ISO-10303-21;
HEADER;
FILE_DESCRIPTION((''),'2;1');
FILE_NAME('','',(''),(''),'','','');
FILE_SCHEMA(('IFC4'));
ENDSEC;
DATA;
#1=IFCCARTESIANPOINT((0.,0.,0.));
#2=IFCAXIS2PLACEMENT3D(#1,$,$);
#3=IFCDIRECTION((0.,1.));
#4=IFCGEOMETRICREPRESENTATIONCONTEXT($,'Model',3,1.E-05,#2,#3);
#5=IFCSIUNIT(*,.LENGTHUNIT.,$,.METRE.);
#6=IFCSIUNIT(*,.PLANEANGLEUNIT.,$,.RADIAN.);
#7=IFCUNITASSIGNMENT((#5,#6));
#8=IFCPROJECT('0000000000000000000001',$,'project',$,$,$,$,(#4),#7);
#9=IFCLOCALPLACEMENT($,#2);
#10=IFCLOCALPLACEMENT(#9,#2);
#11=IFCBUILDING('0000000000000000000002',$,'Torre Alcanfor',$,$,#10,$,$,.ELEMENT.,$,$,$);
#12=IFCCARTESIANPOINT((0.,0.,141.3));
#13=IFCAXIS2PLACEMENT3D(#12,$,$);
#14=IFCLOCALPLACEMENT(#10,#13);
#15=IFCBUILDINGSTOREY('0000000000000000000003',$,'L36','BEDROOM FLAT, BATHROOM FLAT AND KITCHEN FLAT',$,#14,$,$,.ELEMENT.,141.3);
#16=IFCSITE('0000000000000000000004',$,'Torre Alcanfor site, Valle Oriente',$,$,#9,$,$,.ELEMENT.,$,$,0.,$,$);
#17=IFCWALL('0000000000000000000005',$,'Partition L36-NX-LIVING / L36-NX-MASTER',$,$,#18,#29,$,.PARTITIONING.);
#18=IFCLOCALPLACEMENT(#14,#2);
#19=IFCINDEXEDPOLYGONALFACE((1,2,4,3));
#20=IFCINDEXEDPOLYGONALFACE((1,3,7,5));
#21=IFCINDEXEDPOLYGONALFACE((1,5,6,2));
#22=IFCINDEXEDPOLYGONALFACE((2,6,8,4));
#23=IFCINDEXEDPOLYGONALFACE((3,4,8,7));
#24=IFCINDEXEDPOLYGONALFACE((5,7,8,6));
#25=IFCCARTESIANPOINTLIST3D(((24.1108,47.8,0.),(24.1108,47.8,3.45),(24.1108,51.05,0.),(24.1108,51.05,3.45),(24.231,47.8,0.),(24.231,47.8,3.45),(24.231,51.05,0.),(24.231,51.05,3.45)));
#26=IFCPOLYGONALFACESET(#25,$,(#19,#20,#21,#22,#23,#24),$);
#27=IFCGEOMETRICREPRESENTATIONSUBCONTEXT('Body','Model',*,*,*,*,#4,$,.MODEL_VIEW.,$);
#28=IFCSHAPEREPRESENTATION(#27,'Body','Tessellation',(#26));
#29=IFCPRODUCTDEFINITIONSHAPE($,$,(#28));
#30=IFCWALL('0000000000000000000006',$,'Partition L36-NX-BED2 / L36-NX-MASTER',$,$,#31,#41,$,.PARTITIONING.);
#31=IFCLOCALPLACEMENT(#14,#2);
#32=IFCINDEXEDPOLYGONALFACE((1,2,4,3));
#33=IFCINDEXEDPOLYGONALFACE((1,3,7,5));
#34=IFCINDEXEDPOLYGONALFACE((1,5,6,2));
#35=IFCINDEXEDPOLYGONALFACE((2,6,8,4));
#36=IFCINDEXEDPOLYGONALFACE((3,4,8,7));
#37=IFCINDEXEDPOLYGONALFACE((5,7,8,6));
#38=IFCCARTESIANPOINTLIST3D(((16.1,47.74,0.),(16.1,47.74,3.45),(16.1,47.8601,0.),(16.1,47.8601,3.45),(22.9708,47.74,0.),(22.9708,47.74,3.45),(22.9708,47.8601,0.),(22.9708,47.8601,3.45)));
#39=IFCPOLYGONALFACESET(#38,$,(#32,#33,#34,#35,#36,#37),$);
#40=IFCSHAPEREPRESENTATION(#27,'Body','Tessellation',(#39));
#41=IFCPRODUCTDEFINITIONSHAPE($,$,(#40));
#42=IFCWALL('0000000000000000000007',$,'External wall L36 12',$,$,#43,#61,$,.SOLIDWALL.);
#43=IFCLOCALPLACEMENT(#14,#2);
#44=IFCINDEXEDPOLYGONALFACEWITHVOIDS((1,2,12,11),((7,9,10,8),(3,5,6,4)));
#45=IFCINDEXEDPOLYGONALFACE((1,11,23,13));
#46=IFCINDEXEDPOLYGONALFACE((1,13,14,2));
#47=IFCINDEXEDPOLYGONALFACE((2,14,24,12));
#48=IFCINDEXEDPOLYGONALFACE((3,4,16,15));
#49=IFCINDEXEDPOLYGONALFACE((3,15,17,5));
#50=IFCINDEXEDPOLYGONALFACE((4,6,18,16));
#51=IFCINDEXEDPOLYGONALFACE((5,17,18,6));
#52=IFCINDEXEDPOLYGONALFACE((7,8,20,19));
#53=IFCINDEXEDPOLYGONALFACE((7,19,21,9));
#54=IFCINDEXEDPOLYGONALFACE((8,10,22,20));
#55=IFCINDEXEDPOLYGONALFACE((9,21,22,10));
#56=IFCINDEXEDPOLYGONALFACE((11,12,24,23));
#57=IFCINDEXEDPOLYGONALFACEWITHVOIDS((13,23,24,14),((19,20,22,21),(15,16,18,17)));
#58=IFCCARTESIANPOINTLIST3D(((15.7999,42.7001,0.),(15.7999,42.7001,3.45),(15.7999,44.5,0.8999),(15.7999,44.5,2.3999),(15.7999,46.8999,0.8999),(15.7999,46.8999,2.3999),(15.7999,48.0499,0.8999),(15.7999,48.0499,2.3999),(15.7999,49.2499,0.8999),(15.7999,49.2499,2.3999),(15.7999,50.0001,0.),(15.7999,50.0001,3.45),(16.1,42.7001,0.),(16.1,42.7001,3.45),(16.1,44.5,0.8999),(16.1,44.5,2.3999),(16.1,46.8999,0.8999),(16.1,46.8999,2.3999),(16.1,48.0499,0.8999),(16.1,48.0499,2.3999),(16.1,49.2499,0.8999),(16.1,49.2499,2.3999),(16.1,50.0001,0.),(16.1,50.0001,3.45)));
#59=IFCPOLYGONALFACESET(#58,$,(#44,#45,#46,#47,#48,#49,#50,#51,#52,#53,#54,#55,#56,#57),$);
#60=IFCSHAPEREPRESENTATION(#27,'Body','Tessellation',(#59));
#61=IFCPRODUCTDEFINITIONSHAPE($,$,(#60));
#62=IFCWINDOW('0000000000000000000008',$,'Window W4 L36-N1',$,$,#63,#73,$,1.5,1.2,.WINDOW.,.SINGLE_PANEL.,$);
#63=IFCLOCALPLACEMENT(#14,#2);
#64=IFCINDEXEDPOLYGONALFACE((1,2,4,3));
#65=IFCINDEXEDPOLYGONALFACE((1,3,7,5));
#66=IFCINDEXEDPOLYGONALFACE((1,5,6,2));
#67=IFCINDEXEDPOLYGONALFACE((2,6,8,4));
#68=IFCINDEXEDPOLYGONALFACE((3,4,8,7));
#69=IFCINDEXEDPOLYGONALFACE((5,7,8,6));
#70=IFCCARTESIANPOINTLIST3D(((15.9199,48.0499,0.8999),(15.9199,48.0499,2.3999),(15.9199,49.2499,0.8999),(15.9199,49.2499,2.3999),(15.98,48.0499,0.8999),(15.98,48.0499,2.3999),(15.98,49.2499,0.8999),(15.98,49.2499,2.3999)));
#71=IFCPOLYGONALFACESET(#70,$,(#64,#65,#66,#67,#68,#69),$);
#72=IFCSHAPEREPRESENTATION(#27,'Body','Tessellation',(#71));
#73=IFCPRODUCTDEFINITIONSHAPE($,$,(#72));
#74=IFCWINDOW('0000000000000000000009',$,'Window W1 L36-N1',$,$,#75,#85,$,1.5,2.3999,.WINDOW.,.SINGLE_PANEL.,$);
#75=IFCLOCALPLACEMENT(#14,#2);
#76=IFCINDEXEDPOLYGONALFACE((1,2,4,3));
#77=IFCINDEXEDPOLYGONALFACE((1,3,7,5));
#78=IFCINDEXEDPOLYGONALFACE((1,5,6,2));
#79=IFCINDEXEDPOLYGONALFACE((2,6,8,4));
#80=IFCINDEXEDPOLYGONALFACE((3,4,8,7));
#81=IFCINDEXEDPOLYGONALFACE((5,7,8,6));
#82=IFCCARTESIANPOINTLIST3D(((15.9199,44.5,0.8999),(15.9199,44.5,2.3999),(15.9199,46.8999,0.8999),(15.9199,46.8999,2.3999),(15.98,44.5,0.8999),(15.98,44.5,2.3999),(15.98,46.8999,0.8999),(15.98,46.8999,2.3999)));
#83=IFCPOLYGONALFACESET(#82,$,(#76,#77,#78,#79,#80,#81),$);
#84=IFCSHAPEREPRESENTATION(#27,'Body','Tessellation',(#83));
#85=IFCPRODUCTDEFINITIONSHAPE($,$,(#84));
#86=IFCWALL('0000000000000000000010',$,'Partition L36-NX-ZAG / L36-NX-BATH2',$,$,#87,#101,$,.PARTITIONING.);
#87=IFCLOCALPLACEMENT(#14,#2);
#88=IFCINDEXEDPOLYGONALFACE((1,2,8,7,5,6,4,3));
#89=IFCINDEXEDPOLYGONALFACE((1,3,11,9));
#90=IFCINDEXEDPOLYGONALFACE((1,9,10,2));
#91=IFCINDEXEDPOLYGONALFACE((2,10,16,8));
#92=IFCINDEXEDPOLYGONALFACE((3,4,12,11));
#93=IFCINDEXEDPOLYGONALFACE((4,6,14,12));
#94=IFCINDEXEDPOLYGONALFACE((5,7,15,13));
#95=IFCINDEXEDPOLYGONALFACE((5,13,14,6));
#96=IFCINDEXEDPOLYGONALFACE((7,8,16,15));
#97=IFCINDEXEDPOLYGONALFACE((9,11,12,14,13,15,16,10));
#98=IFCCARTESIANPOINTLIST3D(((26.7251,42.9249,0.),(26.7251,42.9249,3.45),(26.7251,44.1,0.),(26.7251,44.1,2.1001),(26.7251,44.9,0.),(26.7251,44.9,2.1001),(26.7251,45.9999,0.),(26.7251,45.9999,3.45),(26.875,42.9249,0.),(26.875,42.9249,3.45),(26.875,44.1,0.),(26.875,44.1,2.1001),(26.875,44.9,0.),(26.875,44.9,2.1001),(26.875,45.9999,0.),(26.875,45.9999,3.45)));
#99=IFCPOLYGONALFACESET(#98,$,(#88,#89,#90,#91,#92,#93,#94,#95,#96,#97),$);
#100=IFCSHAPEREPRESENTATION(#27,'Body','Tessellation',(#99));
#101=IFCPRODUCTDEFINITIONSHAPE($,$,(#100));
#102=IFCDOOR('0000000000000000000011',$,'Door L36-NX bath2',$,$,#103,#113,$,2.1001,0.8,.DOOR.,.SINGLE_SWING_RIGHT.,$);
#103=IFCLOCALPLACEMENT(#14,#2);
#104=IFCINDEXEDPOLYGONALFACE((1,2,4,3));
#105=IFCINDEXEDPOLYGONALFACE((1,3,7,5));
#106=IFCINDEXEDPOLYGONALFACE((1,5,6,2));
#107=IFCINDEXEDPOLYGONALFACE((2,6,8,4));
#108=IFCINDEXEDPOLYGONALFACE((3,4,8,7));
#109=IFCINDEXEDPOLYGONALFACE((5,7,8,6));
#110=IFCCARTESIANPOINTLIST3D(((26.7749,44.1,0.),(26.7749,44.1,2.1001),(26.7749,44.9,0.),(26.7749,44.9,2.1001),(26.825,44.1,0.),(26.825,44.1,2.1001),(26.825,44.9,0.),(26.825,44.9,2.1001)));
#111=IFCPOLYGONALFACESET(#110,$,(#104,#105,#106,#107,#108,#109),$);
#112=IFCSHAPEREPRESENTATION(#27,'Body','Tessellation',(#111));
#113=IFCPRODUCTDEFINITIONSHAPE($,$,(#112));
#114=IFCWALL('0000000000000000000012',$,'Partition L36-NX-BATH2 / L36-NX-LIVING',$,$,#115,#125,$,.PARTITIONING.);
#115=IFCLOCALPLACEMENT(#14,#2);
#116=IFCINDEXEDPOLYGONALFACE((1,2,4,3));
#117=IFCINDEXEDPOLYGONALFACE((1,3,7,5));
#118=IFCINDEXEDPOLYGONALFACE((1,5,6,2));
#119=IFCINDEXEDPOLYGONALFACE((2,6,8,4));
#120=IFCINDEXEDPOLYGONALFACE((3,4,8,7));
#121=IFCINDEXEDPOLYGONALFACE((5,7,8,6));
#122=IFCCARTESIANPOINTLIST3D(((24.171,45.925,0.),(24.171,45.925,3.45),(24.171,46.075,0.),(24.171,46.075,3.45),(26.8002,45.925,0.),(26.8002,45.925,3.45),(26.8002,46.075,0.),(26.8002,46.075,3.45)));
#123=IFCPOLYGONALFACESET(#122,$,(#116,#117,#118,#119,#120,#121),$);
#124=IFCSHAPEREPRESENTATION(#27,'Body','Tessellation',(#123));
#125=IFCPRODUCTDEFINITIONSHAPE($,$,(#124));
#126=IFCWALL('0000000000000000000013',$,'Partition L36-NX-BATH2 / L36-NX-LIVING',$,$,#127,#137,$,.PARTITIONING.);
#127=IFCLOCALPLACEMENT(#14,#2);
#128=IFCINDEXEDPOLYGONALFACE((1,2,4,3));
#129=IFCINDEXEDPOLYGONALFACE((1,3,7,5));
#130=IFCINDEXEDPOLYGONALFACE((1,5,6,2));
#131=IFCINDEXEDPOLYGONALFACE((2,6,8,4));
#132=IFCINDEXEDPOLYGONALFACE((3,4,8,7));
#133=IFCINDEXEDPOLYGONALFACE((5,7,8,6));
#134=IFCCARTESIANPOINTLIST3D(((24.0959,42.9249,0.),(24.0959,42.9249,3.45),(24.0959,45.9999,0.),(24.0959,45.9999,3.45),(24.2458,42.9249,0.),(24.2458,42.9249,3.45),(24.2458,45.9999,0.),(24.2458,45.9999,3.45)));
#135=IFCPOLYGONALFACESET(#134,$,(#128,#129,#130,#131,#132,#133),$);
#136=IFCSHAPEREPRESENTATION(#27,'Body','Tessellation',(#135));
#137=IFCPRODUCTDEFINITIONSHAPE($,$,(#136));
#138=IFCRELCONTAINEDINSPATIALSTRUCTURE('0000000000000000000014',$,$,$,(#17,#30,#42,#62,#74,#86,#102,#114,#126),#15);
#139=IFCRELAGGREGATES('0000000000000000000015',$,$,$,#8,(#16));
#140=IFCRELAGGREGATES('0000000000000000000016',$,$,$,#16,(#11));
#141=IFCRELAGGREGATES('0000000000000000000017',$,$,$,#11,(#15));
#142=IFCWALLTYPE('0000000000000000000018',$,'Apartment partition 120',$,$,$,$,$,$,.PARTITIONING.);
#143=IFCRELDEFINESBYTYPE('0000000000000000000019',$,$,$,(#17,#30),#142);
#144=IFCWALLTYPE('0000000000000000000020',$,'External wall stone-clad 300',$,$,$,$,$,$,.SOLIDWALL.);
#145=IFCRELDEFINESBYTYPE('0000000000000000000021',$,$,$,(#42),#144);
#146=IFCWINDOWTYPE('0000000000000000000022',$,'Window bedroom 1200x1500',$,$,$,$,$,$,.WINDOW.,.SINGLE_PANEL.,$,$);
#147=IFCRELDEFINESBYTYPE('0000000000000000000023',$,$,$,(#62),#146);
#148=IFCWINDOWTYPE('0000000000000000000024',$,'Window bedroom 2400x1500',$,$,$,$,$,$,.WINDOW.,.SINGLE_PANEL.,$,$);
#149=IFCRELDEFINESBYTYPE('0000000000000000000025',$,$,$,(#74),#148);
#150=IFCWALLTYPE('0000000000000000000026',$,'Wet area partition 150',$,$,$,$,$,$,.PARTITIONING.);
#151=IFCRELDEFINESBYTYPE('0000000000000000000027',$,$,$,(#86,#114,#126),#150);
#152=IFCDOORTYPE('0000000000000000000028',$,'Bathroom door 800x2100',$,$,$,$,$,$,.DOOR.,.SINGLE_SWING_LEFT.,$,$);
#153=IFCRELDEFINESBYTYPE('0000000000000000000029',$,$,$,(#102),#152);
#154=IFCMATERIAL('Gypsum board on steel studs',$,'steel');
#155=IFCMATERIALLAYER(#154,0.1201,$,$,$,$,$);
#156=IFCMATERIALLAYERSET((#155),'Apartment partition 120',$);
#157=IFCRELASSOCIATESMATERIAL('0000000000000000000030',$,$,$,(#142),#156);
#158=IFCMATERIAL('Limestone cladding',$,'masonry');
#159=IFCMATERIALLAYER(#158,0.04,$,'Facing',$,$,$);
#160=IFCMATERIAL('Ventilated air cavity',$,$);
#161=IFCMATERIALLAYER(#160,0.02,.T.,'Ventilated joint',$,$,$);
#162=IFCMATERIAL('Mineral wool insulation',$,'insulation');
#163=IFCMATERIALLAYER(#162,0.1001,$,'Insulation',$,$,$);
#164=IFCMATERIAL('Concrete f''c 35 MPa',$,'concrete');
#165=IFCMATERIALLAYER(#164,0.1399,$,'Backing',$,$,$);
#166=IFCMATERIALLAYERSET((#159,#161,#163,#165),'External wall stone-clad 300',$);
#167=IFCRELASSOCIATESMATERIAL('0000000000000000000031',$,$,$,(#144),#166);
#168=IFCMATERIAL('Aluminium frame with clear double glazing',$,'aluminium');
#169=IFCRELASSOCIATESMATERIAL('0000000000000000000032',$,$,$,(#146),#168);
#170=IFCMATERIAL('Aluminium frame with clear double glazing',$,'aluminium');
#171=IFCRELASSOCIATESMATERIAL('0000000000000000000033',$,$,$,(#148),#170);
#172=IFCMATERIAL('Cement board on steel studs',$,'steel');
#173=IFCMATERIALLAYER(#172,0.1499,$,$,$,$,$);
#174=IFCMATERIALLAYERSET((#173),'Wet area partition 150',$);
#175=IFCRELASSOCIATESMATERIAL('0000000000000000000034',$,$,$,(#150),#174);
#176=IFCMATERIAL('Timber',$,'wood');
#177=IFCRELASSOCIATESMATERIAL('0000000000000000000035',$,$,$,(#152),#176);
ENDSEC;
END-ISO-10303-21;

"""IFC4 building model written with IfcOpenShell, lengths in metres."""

from ifc_helpers import new_model, si_unit, direction, frame, frame_2d, origin, place, context, subcontext, project, spatial, rectangle, extrude, material, layer, layer_set, type_object, element, fill, save


model = new_model("IFC4")

# Units and contexts
model_context = context("Model", 3, precision=1e-05, world=origin(), true_north=direction((0.0, 1.0)))
body_context = subcontext(model_context, "Body", "Model", "MODEL_VIEW")
ifc_project = project(units=[si_unit("LENGTHUNIT", "METRE"), si_unit("PLANEANGLEUNIT", "RADIAN")], contexts=[model_context])

# Site, building, storey
site_placement = place(None, origin())
site = spatial("IfcSite", under=ifc_project, at=site_placement, Name="Torre Alcanfor site, Valle Oriente", CompositionType="ELEMENT", RefElevation=0.0)
building_placement = place(site_placement, origin())
building = spatial("IfcBuilding", under=site, at=building_placement, Name="Torre Alcanfor", CompositionType="ELEMENT")
storey_placement = place(building_placement, frame((0.0, 0.0, 141.3)))
storey = spatial("IfcBuildingStorey", under=building, at=storey_placement, Name="L36", Description="BEDROOM FLAT, BATHROOM FLAT AND KITCHEN FLAT", CompositionType="ELEMENT", Elevation=141.3)

# Shared definitions
ifc_material_1 = material(Name="Gypsum board on steel studs", Category="steel")
ifc_layer_1 = layer(ifc_material_1, 0.1201)
ifc_layer_set_1 = layer_set([ifc_layer_1], Name="Apartment partition 120")
wall_type_1 = type_object("IfcWallType", Name="Apartment partition 120", PredefinedType="PARTITIONING", material=ifc_layer_set_1)

# Walls
wall_1_placement = place(storey_placement, frame((24.1709, 47.8, 0.0), z_axis=(0.0, 0.0, 1.0), x_axis=(0.0, 1.0, 0.0)))
element("IfcWall", 1, at=wall_1_placement, inside=storey, type_object=wall_type_1, Name="Partition L36-NX-LIVING / L36-NX-MASTER", PredefinedType="PARTITIONING", context=body_context, shape_type="SweptSolid", body=[
    extrude(rectangle(XDim=3.25, YDim=0.1201, at=frame_2d((1.625, 0.0))), origin(), (0.0, 0.0, 1.0), 3.45),
])
wall_2_placement = place(storey_placement, frame((22.9709, 47.8, 0.0), z_axis=(0.0, 0.0, 1.0), x_axis=(-1.0, 0.0, 0.0)))
element("IfcWall", 2, at=wall_2_placement, inside=storey, type_object=wall_type_1, Name="Partition L36-NX-BED2 / L36-NX-MASTER", PredefinedType="PARTITIONING", context=body_context, shape_type="SweptSolid", body=[
    extrude(rectangle(XDim=6.8708, YDim=0.1201, at=frame_2d((3.4355, 0.0))), origin(), (0.0, 0.0, 1.0), 3.45),
])

# Wall, openings, windows
ifc_material_2 = material(Name="Limestone cladding", Category="masonry")
ifc_layer_2 = layer(ifc_material_2, 0.04, Name="Facing")
ifc_material_3 = material(Name="Ventilated air cavity")
ifc_layer_3 = layer(ifc_material_3, 0.02, ventilated=True, Name="Ventilated joint")
ifc_material_4 = material(Name="Mineral wool insulation", Category="insulation")
ifc_layer_4 = layer(ifc_material_4, 0.1001, Name="Insulation")
ifc_material_5 = material(Name="Concrete f'c 35 MPa", Category="concrete")
ifc_layer_5 = layer(ifc_material_5, 0.1399, Name="Backing")
ifc_layer_set_2 = layer_set([ifc_layer_2, ifc_layer_3, ifc_layer_4, ifc_layer_5], Name="External wall stone-clad 300")
wall_type_2 = type_object("IfcWallType", Name="External wall stone-clad 300", PredefinedType="SOLIDWALL", material=ifc_layer_set_2)
wall_3_placement = place(storey_placement, frame((15.95, 50.0, 0.0), z_axis=(0.0, 0.0, 1.0), x_axis=(0.0, -1.0, 0.0)))
wall_3 = element("IfcWall", 3, at=wall_3_placement, inside=storey, type_object=wall_type_2, Name="External wall L36 12", PredefinedType="SOLIDWALL", context=body_context, shape_type="SweptSolid", body=[
    extrude(rectangle(XDim=7.3, YDim=0.3, at=frame_2d((3.6499, 0.0))), origin(), (0.0, 0.0, 1.0), 3.45),
])
opening_1_placement = place(wall_3_placement, frame((3.1001, 0.0, 0.8999)))
opening_1 = element("IfcOpeningElement", 4, at=opening_1_placement, cuts=wall_3, PredefinedType="OPENING", context=body_context, shape_type="SweptSolid", body=[
    extrude(rectangle(XDim=2.3999, YDim=1.5, at=frame_2d((1.2, 0.75))), frame((0.0, 0.1599, 0.0), z_axis=(0.0, -1.0, 0.0), x_axis=(1.0, 0.0, 0.0)), (0.0, 0.0, 1.0), 0.3201),
])
opening_2_placement = place(wall_3_placement, frame((0.75, 0.0, 0.8999)))
opening_2 = element("IfcOpeningElement", 5, at=opening_2_placement, cuts=wall_3, PredefinedType="OPENING", context=body_context, shape_type="SweptSolid", body=[
    extrude(rectangle(XDim=1.2, YDim=1.5, at=frame_2d((0.6001, 0.75))), frame((0.0, 0.1599, 0.0), z_axis=(0.0, -1.0, 0.0), x_axis=(1.0, 0.0, 0.0)), (0.0, 0.0, 1.0), 0.3201),
])
ifc_material_6 = material(Name="Aluminium frame with clear double glazing", Category="aluminium")
window_type_1 = type_object("IfcWindowType", Name="Window bedroom 1200x1500", PartitioningType="SINGLE_PANEL", PredefinedType="WINDOW", material=ifc_material_6)
window_1_placement = place(opening_2_placement, origin())
window_1 = element("IfcWindow", 6, at=window_1_placement, inside=storey, type_object=window_type_1, Name="Window W4 L36-N1", OverallHeight=1.5, OverallWidth=1.2, PartitioningType="SINGLE_PANEL", PredefinedType="WINDOW", context=body_context, shape_type="SweptSolid", body=[
    extrude(rectangle(XDim=1.2, YDim=1.5, at=frame_2d((0.6001, 0.75))), frame((0.0, 0.03, 0.0), z_axis=(0.0, -1.0, 0.0), x_axis=(1.0, 0.0, 0.0)), (0.0, 0.0, 1.0), 0.0601),
])
fill(opening_2, window_1)
ifc_material_7 = material(Name="Aluminium frame with clear double glazing", Category="aluminium")
window_type_2 = type_object("IfcWindowType", Name="Window bedroom 2400x1500", PartitioningType="SINGLE_PANEL", PredefinedType="WINDOW", material=ifc_material_7)
window_2_placement = place(opening_1_placement, origin())
window_2 = element("IfcWindow", 7, at=window_2_placement, inside=storey, type_object=window_type_2, Name="Window W1 L36-N1", OverallHeight=1.5, OverallWidth=2.3999, PartitioningType="SINGLE_PANEL", PredefinedType="WINDOW", context=body_context, shape_type="SweptSolid", body=[
    extrude(rectangle(XDim=2.3999, YDim=1.5, at=frame_2d((1.2, 0.75))), frame((0.0, 0.03, 0.0), z_axis=(0.0, -1.0, 0.0), x_axis=(1.0, 0.0, 0.0)), (0.0, 0.0, 1.0), 0.0601),
])
fill(opening_1, window_2)

# Wall, opening, door
ifc_material_8 = material(Name="Cement board on steel studs", Category="steel")
ifc_layer_6 = layer(ifc_material_8, 0.1499)
ifc_layer_set_3 = layer_set([ifc_layer_6], Name="Wet area partition 150")
wall_type_3 = type_object("IfcWallType", Name="Wet area partition 150", PredefinedType="PARTITIONING", material=ifc_layer_set_3)
wall_4_placement = place(storey_placement, frame((26.8, 46.0, 0.0), z_axis=(0.0, 0.0, 1.0), x_axis=(0.0, -1.0, 0.0)))
wall_4 = element("IfcWall", 8, at=wall_4_placement, inside=storey, type_object=wall_type_3, Name="Partition L36-NX-ZAG / L36-NX-BATH2", PredefinedType="PARTITIONING", context=body_context, shape_type="SweptSolid", body=[
    extrude(rectangle(XDim=3.075, YDim=0.1499, at=frame_2d((1.5376, 0.0))), origin(), (0.0, 0.0, 1.0), 3.45),
])
opening_3_placement = place(wall_4_placement, frame((1.1001, 0.0, 0.0)))
opening_3 = element("IfcOpeningElement", 9, at=opening_3_placement, cuts=wall_4, PredefinedType="OPENING", context=body_context, shape_type="SweptSolid", body=[
    extrude(rectangle(XDim=0.8, YDim=2.1001, at=frame_2d((0.3999, 1.05))), frame((0.0, 0.085, 0.0), z_axis=(0.0, -1.0, 0.0), x_axis=(1.0, 0.0, 0.0)), (0.0, 0.0, 1.0), 0.1699),
])
ifc_material_9 = material(Name="Timber", Category="wood")
door_type_1 = type_object("IfcDoorType", Name="Bathroom door 800x2100", OperationType="SINGLE_SWING_LEFT", PredefinedType="DOOR", material=ifc_material_9)
door_1_placement = place(opening_3_placement, frame((0.8, 0.0, 0.0), z_axis=(0.0, 0.0, 1.0), x_axis=(-1.0, 0.0, 0.0)))
door_1 = element("IfcDoor", 10, at=door_1_placement, inside=storey, type_object=door_type_1, Name="Door L36-NX bath2", OperationType="SINGLE_SWING_RIGHT", OverallHeight=2.1001, OverallWidth=0.8, PredefinedType="DOOR", context=body_context, shape_type="SweptSolid", body=[
    extrude(rectangle(XDim=0.8, YDim=2.1001, at=frame_2d((0.4001, 1.05))), frame((0.0, 0.0251, 0.0), z_axis=(0.0, -1.0, 0.0), x_axis=(1.0, 0.0, 0.0)), (0.0, 0.0, 1.0), 0.05),
])
fill(opening_3, door_1)

# Walls
wall_5_placement = place(storey_placement, frame((26.8, 46.0, 0.0), z_axis=(0.0, 0.0, 1.0), x_axis=(-1.0, 0.0, 0.0)))
element("IfcWall", 11, at=wall_5_placement, inside=storey, type_object=wall_type_3, Name="Partition L36-NX-BATH2 / L36-NX-LIVING", PredefinedType="PARTITIONING", context=body_context, shape_type="SweptSolid", body=[
    extrude(rectangle(XDim=2.6292, YDim=0.1499, at=frame_2d((1.3145, 0.0))), origin(), (0.0, 0.0, 1.0), 3.45),
])
wall_6_placement = place(storey_placement, frame((24.1709, 46.0, 0.0), z_axis=(0.0, 0.0, 1.0), x_axis=(0.0, -1.0, 0.0)))
element("IfcWall", 12, at=wall_6_placement, inside=storey, type_object=wall_type_3, Name="Partition L36-NX-BATH2 / L36-NX-LIVING", PredefinedType="PARTITIONING", context=body_context, shape_type="SweptSolid", body=[
    extrude(rectangle(XDim=3.075, YDim=0.1499, at=frame_2d((1.5376, 0.0))), origin(), (0.0, 0.0, 1.0), 3.45),
])

save(model, "model.ifc")
